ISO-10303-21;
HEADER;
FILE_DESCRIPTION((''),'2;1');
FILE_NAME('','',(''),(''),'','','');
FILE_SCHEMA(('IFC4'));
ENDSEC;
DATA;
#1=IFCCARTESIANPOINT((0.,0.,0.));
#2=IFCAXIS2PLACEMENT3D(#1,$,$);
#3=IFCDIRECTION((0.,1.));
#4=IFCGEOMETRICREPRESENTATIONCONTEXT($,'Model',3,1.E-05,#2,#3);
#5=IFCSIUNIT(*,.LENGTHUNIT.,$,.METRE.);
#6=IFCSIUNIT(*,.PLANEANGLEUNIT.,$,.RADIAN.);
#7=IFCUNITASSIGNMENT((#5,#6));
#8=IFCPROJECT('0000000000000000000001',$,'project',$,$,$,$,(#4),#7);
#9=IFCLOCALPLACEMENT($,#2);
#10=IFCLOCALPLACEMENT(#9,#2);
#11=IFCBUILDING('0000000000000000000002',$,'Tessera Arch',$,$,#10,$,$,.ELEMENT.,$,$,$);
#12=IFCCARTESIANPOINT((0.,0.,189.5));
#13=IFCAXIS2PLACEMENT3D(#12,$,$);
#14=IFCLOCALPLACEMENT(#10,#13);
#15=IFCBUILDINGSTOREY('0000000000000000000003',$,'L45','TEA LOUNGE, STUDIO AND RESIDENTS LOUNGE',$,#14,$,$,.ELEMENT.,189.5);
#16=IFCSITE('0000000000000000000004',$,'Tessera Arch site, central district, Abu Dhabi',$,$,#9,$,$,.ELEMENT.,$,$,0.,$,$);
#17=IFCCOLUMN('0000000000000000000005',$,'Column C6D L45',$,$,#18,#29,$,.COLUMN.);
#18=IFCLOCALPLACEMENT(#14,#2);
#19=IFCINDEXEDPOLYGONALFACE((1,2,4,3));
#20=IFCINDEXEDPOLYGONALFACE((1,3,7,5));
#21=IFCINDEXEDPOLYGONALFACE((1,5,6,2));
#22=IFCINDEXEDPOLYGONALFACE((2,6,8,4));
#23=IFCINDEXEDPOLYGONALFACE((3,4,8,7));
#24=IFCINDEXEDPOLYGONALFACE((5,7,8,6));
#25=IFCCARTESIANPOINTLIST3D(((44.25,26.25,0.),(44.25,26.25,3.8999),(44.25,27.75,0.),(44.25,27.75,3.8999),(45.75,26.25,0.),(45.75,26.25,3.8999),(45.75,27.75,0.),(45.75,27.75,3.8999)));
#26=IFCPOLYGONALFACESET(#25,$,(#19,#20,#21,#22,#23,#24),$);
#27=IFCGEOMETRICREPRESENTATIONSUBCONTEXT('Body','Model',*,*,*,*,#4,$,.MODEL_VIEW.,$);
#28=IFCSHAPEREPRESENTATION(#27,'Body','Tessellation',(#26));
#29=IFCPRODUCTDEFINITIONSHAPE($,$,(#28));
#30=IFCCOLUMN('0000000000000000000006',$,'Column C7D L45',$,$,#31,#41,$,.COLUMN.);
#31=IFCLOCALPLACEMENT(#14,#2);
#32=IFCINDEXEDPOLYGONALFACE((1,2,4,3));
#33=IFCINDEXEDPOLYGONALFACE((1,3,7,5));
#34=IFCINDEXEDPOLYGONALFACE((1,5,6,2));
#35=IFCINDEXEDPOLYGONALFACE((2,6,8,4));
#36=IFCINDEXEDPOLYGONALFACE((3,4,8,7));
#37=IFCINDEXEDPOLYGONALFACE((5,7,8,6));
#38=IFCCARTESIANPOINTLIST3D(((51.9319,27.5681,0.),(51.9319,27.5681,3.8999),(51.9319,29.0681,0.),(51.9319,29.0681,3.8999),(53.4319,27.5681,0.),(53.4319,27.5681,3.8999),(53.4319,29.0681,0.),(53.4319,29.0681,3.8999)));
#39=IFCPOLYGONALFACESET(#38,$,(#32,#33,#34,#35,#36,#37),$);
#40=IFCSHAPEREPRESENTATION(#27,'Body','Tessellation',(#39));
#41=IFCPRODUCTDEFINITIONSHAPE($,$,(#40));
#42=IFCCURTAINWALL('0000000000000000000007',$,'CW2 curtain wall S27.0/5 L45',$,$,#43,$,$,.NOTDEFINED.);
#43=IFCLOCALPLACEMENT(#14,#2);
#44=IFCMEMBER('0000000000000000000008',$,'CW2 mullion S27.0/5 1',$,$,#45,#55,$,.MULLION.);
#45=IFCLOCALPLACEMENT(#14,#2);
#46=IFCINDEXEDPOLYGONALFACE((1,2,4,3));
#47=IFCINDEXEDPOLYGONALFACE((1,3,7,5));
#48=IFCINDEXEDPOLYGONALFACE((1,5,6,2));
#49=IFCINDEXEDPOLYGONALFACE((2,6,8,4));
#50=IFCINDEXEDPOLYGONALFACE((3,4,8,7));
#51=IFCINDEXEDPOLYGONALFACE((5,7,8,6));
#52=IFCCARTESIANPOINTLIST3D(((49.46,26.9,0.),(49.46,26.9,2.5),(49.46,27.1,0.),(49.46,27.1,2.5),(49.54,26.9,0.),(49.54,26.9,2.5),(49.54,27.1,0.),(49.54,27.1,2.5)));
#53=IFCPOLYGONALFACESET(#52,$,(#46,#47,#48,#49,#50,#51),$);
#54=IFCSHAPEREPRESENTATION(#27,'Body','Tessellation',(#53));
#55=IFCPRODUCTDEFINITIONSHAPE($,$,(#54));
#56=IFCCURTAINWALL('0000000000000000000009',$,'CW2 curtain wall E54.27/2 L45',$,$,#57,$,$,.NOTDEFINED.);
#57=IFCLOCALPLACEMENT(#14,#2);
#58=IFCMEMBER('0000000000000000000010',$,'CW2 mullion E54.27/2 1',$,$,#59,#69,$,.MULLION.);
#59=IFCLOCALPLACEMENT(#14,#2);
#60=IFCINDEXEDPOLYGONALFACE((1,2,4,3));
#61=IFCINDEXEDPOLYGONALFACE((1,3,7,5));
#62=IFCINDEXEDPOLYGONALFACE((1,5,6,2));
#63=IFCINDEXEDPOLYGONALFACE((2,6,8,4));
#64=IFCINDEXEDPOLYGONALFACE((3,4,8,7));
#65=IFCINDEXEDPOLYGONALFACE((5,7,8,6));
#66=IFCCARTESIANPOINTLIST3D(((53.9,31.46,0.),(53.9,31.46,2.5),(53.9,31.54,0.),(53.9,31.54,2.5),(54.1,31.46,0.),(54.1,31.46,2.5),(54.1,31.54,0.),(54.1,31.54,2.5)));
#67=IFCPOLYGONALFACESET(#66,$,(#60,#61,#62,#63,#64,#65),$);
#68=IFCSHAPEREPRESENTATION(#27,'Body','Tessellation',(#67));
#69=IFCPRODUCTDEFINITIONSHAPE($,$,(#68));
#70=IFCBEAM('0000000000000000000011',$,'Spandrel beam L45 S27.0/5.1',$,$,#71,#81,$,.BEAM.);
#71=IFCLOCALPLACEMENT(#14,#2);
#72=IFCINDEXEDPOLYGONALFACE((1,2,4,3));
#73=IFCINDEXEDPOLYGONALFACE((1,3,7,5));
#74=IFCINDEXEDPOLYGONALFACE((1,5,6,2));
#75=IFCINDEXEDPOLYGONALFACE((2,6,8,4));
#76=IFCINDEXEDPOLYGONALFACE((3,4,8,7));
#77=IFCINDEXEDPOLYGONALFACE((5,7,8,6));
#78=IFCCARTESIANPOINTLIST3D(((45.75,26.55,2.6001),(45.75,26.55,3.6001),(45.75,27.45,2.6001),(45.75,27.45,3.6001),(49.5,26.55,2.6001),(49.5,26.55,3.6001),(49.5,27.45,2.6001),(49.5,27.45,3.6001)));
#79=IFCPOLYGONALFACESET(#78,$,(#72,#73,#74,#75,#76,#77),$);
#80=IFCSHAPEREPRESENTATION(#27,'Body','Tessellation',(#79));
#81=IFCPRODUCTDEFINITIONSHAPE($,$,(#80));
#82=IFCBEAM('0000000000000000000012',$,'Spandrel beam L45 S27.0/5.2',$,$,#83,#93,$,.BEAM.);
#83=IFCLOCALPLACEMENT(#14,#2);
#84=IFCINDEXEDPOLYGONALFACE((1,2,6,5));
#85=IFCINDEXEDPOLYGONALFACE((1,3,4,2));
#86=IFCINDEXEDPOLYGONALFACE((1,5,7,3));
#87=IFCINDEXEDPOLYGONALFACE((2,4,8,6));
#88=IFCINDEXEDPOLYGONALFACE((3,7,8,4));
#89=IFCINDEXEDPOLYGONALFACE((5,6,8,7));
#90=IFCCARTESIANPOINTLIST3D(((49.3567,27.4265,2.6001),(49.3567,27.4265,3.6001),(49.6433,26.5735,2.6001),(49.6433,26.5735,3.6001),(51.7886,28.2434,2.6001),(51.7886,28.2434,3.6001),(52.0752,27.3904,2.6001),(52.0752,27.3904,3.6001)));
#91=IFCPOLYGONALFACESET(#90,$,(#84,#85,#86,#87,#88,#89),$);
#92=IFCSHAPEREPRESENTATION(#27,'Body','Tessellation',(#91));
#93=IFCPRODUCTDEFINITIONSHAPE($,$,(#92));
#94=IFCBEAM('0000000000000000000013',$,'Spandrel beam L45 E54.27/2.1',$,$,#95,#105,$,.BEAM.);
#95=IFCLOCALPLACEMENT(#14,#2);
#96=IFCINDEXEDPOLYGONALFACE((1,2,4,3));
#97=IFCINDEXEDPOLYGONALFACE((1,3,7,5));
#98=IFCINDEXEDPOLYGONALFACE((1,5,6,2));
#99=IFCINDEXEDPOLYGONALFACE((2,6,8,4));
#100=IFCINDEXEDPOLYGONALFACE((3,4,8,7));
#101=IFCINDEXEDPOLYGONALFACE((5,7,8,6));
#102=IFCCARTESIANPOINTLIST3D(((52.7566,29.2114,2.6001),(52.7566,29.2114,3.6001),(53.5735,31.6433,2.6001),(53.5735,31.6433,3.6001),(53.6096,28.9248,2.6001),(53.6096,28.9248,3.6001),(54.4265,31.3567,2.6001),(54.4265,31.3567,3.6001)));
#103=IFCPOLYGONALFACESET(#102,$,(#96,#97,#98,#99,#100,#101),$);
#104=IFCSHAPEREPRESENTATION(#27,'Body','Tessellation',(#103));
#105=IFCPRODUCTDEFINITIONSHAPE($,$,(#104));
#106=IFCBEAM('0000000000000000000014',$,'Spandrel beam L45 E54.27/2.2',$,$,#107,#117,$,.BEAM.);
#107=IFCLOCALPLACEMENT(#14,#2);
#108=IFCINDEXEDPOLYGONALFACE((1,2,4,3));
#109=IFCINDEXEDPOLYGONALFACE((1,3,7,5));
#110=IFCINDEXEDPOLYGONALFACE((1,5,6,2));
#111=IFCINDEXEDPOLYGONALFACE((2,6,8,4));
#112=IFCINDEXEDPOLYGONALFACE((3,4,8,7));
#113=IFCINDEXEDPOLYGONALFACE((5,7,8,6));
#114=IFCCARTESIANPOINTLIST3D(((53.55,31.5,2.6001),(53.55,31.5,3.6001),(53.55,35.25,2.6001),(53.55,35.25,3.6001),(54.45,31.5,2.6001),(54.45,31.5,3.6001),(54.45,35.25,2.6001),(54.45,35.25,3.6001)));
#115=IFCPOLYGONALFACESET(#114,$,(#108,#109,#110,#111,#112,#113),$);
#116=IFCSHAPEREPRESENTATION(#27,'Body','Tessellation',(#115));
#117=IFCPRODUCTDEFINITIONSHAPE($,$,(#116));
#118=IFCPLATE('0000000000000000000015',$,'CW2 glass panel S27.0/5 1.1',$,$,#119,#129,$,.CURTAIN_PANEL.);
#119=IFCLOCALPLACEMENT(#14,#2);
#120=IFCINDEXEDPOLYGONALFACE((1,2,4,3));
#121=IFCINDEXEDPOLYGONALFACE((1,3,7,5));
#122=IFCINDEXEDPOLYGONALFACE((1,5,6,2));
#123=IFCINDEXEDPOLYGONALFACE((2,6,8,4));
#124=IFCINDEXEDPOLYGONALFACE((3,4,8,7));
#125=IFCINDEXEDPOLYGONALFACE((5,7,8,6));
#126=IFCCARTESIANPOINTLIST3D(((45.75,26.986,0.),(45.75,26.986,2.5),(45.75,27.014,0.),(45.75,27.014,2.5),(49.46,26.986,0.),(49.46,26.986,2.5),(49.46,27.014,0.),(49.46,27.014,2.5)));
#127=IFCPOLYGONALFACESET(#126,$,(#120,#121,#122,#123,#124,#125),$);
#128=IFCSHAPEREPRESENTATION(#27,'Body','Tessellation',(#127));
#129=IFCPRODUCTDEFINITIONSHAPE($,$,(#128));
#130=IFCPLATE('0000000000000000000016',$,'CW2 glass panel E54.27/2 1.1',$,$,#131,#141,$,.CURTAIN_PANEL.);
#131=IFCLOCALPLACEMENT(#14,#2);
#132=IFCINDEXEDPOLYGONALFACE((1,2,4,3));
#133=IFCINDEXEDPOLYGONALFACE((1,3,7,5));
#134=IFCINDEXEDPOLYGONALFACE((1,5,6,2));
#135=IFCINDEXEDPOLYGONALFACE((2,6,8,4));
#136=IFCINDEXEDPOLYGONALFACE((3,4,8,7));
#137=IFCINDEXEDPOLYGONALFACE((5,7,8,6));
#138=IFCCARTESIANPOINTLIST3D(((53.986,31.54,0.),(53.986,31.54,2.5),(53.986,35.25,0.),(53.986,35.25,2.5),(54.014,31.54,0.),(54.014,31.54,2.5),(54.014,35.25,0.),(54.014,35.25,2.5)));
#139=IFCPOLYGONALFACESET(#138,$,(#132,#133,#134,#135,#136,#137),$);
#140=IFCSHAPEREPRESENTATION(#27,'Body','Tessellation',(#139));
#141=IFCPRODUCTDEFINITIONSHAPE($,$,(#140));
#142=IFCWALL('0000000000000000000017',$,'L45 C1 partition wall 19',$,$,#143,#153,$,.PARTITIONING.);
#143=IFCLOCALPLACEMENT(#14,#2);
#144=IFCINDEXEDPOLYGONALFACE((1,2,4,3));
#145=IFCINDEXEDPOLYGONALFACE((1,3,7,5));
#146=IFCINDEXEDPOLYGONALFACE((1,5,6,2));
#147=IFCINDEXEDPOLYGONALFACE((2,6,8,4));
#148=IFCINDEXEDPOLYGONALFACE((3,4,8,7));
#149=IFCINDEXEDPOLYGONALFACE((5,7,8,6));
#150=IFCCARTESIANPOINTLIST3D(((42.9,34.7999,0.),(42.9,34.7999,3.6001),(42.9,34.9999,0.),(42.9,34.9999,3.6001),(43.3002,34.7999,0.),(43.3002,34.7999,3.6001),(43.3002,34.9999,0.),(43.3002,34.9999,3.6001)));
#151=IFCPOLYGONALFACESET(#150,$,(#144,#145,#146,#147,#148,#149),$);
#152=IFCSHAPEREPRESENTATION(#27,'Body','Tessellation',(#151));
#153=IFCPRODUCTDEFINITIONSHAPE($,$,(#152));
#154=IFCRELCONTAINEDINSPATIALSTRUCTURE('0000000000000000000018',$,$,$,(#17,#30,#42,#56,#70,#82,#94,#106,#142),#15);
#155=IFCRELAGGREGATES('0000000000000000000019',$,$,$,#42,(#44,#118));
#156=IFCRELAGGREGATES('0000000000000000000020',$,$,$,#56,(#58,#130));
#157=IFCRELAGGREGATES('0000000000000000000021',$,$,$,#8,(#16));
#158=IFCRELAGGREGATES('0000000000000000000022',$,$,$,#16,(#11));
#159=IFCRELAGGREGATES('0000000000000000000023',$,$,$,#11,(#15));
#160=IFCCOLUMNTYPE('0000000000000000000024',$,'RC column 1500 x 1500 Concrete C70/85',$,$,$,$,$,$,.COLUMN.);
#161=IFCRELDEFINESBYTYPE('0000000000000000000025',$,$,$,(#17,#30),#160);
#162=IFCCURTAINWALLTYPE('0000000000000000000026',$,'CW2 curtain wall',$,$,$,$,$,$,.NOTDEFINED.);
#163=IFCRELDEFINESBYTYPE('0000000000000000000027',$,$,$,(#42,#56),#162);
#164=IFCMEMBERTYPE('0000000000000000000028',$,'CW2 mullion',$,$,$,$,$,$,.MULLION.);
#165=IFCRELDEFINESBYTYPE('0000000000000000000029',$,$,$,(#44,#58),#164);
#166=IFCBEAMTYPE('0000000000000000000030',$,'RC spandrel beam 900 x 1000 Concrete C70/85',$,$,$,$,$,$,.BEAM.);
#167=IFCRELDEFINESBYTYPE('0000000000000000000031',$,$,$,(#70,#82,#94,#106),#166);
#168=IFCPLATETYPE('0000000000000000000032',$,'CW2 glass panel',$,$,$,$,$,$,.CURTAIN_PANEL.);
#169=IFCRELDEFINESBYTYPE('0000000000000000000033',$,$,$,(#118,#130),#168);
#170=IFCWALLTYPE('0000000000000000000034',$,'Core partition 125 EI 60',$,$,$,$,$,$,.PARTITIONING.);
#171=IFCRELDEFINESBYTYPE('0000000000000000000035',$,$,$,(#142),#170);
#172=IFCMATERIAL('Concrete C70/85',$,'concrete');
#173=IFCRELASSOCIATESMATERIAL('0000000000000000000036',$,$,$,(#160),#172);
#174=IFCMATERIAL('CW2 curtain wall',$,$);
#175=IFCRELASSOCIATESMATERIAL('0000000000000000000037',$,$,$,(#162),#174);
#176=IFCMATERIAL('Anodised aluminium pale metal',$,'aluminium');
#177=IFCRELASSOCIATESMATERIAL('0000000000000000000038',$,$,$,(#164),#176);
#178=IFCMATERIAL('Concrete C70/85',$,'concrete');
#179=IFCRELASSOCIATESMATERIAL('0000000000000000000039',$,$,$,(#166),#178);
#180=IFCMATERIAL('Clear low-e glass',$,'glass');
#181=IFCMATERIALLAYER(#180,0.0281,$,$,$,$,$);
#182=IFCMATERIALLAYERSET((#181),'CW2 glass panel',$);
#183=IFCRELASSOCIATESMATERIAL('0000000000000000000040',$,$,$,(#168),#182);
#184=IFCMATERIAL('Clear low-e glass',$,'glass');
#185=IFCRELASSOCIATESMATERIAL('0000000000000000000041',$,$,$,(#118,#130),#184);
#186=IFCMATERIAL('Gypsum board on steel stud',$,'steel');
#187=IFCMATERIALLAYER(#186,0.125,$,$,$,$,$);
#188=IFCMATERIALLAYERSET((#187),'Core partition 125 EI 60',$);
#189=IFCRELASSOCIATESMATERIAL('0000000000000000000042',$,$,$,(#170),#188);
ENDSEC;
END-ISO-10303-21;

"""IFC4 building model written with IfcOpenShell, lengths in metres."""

from ifc_helpers import new_model, si_unit, direction, frame, frame_2d, origin, origin_2d, place, context, subcontext, project, spatial, rectangle, extrude, material, layer, layer_set, material_profile, profile_set, type_object, element, aggregate, save


model = new_model("IFC4")

# Units and contexts
model_context = context("Model", 3, precision=1e-05, world=origin(), true_north=direction((0.0, 1.0)))
body_context = subcontext(model_context, "Body", "Model", "MODEL_VIEW")
ifc_project = project(units=[si_unit("LENGTHUNIT", "METRE"), si_unit("PLANEANGLEUNIT", "RADIAN")], contexts=[model_context])

# Site, building, storey
site_placement = place(None, origin())
site = spatial("IfcSite", under=ifc_project, at=site_placement, Name="Tessera Arch site, central district, Abu Dhabi", CompositionType="ELEMENT", RefElevation=0.0)
building_placement = place(site_placement, origin())
building = spatial("IfcBuilding", under=site, at=building_placement, Name="Tessera Arch", CompositionType="ELEMENT")
storey_placement = place(building_placement, frame((0.0, 0.0, 189.5)))
storey = spatial("IfcBuildingStorey", under=building, at=storey_placement, Name="L45", Description="TEA LOUNGE, STUDIO AND RESIDENTS LOUNGE", CompositionType="ELEMENT", Elevation=189.5)

# Columns
ifc_material_1 = material(Name="Concrete C70/85", Category="concrete")
ifc_material_profile_1 = material_profile(ifc_material_1, rectangle(XDim=1.5, YDim=1.5, at=origin_2d()), Name="RC column 1500 x 1500 Concrete C70/85")
ifc_profile_set_1 = profile_set([ifc_material_profile_1], Name="Concrete C70/85")
column_type = type_object("IfcColumnType", Name="RC column 1500 x 1500 Concrete C70/85", PredefinedType="COLUMN", material=ifc_profile_set_1)
for number, where, z_axis, x_axis, name in (
    (1, (45.0, 27.0, 0.0), (0.0, 0.0, 1.0), (1.0, 0.0, 0.0), "Column C6D L45"),
    (2, (52.6819, 28.3181, 0.0), (0.0, 0.0, 1.0), (1.0, 0.0, 0.0), "Column C7D L45"),
):
    element("IfcColumn", number, at=place(storey_placement, frame(where, z_axis=z_axis, x_axis=x_axis)), inside=storey, type_object=column_type, Name=name, PredefinedType="COLUMN", context=body_context, shape_type="SweptSolid", body=[
        extrude(rectangle(XDim=1.5, YDim=1.5, at=origin_2d()), origin(), (0.0, 0.0, 1.0), 3.8999),
    ])

# Curtain walls, members
ifc_material_2 = material(Name="CW2 curtain wall")
curtain_wall_type = type_object("IfcCurtainWallType", Name="CW2 curtain wall", PredefinedType="NOTDEFINED", material=ifc_material_2)
curtain_wall_1_placement = place(storey_placement, origin())
curtain_wall_1 = element("IfcCurtainWall", 3, at=curtain_wall_1_placement, inside=storey, type_object=curtain_wall_type, Name="CW2 curtain wall S27.0/5 L45", PredefinedType="NOTDEFINED")
ifc_material_3 = material(Name="Anodised aluminium pale metal", Category="aluminium")
ifc_material_profile_2 = material_profile(ifc_material_3, rectangle(XDim=0.2, YDim=0.0801, at=origin_2d()), Name="AL 80x200")
ifc_profile_set_2 = profile_set([ifc_material_profile_2], Name="Anodised aluminium pale metal")
member_type = type_object("IfcMemberType", Name="CW2 mullion", PredefinedType="MULLION", material=ifc_profile_set_2)
member_1_placement = place(storey_placement, frame((49.5, 27.0, 0.0), z_axis=(0.0, 0.0, 1.0), x_axis=(0.0, 1.0, 0.0)))
member_1 = element("IfcMember", 4, at=member_1_placement, type_object=member_type, Name="CW2 mullion S27.0/5 1", PredefinedType="MULLION", context=body_context, shape_type="SweptSolid", body=[
    extrude(rectangle(XDim=0.2, YDim=0.0801, at=origin_2d()), origin(), (0.0, 0.0, 1.0), 2.5),
])
curtain_wall_2_placement = place(storey_placement, origin())
curtain_wall_2 = element("IfcCurtainWall", 5, at=curtain_wall_2_placement, inside=storey, type_object=curtain_wall_type, Name="CW2 curtain wall E54.27/2 L45", PredefinedType="NOTDEFINED")
member_2_placement = place(storey_placement, frame((54.0, 31.5, 0.0), z_axis=(0.0, 0.0, 1.0), x_axis=(-1.0, 0.0, 0.0)))
member_2 = element("IfcMember", 6, at=member_2_placement, type_object=member_type, Name="CW2 mullion E54.27/2 1", PredefinedType="MULLION", context=body_context, shape_type="SweptSolid", body=[
    extrude(rectangle(XDim=0.2, YDim=0.0801, at=origin_2d()), origin(), (0.0, 0.0, 1.0), 2.5),
])

# Beams
ifc_material_4 = material(Name="Concrete C70/85", Category="concrete")
ifc_material_profile_3 = material_profile(ifc_material_4, rectangle(XDim=0.8999, YDim=1.0, at=origin_2d()), Name="RC spandrel beam 900 x 1000 Concrete C70/85")
ifc_profile_set_3 = profile_set([ifc_material_profile_3], Name="Concrete C70/85")
beam_type = type_object("IfcBeamType", Name="RC spandrel beam 900 x 1000 Concrete C70/85", PredefinedType="BEAM", material=ifc_profile_set_3)
beam_1_placement = place(storey_placement, frame((45.75, 27.0, 3.1001), z_axis=(1.0, 0.0, 0.0), x_axis=(0.0, 1.0, 0.0)))
element("IfcBeam", 7, at=beam_1_placement, inside=storey, type_object=beam_type, Name="Spandrel beam L45 S27.0/5.1", PredefinedType="BEAM", context=body_context, shape_type="SweptSolid", body=[
    extrude(rectangle(XDim=0.8999, YDim=1.0, at=origin_2d()), origin(), (0.0, 0.0, 1.0), 3.75),
])
for number, where, z_axis, x_axis, name in (
    (8, (49.5, 27.0, 3.1001), (0.947948, 0.318425, 0.0), (-0.318425, 0.947948, 0.0), "Spandrel beam L45 S27.0/5.2"),
    (9, (53.1831, 29.0681, 3.1001), (0.318425, 0.947948, 0.0), (-0.947948, 0.318425, 0.0), "Spandrel beam L45 E54.27/2.1"),
):
    element("IfcBeam", number, at=place(storey_placement, frame(where, z_axis=z_axis, x_axis=x_axis)), inside=storey, type_object=beam_type, Name=name, PredefinedType="BEAM", context=body_context, shape_type="SweptSolid", body=[
        extrude(rectangle(XDim=0.8999, YDim=1.0, at=origin_2d()), origin(), (0.0, 0.0, 1.0), 2.5654),
    ])
beam_2_placement = place(storey_placement, frame((54.0, 31.5, 3.1001), z_axis=(0.0, 1.0, 0.0), x_axis=(-1.0, 0.0, 0.0)))
element("IfcBeam", 10, at=beam_2_placement, inside=storey, type_object=beam_type, Name="Spandrel beam L45 E54.27/2.2", PredefinedType="BEAM", context=body_context, shape_type="SweptSolid", body=[
    extrude(rectangle(XDim=0.8999, YDim=1.0, at=origin_2d()), origin(), (0.0, 0.0, 1.0), 3.75),
])

# Plates
ifc_material_5 = material(Name="Clear low-e glass", Category="glass")
ifc_material_6 = material(Name="Clear low-e glass", Category="glass")
ifc_layer_1 = layer(ifc_material_6, 0.0281)
ifc_layer_set_1 = layer_set([ifc_layer_1], Name="CW2 glass panel")
plate_type = type_object("IfcPlateType", Name="CW2 glass panel", PredefinedType="CURTAIN_PANEL", material=ifc_layer_set_1)
plate_1_placement = place(storey_placement, frame((47.605, 27.0, 0.0), z_axis=(0.0, 0.0, 1.0), x_axis=(1.0, 0.0, 0.0)))
plate_1 = element("IfcPlate", 11, at=plate_1_placement, type_object=plate_type, material=ifc_material_5, Name="CW2 glass panel S27.0/5 1.1", PredefinedType="CURTAIN_PANEL", context=body_context, shape_type="SweptSolid", body=[
    extrude(rectangle(XDim=3.71, YDim=0.0281, at=origin_2d()), origin(), (0.0, 0.0, 1.0), 2.5),
])
aggregate(curtain_wall_1, [member_1, plate_1])
plate_2_placement = place(storey_placement, frame((54.0, 33.395, 0.0), z_axis=(0.0, 0.0, 1.0), x_axis=(0.0, 1.0, 0.0)))
plate_2 = element("IfcPlate", 12, at=plate_2_placement, type_object=plate_type, material=ifc_material_5, Name="CW2 glass panel E54.27/2 1.1", PredefinedType="CURTAIN_PANEL", context=body_context, shape_type="SweptSolid", body=[
    extrude(rectangle(XDim=3.71, YDim=0.0281, at=origin_2d()), origin(), (0.0, 0.0, 1.0), 2.5),
])
aggregate(curtain_wall_2, [member_2, plate_2])

# Wall
ifc_material_7 = material(Name="Gypsum board on steel stud", Category="steel")
ifc_layer_2 = layer(ifc_material_7, 0.125)
ifc_layer_set_2 = layer_set([ifc_layer_2], Name="Core partition 125 EI 60")
wall_type_1 = type_object("IfcWallType", Name="Core partition 125 EI 60", PredefinedType="PARTITIONING", material=ifc_layer_set_2)
wall_1_placement = place(storey_placement, frame((42.8999, 34.8999, 0.0), z_axis=(0.0, 0.0, 1.0), x_axis=(1.0, 0.0, 0.0)))
element("IfcWall", 13, at=wall_1_placement, inside=storey, type_object=wall_type_1, Name="L45 C1 partition wall 19", PredefinedType="PARTITIONING", context=body_context, shape_type="SweptSolid", body=[
    extrude(rectangle(XDim=0.4001, YDim=0.2, at=frame_2d((0.2002, 0.0))), origin(), (0.0, 0.0, 1.0), 3.6001),
])

save(model, "model.ifc")
